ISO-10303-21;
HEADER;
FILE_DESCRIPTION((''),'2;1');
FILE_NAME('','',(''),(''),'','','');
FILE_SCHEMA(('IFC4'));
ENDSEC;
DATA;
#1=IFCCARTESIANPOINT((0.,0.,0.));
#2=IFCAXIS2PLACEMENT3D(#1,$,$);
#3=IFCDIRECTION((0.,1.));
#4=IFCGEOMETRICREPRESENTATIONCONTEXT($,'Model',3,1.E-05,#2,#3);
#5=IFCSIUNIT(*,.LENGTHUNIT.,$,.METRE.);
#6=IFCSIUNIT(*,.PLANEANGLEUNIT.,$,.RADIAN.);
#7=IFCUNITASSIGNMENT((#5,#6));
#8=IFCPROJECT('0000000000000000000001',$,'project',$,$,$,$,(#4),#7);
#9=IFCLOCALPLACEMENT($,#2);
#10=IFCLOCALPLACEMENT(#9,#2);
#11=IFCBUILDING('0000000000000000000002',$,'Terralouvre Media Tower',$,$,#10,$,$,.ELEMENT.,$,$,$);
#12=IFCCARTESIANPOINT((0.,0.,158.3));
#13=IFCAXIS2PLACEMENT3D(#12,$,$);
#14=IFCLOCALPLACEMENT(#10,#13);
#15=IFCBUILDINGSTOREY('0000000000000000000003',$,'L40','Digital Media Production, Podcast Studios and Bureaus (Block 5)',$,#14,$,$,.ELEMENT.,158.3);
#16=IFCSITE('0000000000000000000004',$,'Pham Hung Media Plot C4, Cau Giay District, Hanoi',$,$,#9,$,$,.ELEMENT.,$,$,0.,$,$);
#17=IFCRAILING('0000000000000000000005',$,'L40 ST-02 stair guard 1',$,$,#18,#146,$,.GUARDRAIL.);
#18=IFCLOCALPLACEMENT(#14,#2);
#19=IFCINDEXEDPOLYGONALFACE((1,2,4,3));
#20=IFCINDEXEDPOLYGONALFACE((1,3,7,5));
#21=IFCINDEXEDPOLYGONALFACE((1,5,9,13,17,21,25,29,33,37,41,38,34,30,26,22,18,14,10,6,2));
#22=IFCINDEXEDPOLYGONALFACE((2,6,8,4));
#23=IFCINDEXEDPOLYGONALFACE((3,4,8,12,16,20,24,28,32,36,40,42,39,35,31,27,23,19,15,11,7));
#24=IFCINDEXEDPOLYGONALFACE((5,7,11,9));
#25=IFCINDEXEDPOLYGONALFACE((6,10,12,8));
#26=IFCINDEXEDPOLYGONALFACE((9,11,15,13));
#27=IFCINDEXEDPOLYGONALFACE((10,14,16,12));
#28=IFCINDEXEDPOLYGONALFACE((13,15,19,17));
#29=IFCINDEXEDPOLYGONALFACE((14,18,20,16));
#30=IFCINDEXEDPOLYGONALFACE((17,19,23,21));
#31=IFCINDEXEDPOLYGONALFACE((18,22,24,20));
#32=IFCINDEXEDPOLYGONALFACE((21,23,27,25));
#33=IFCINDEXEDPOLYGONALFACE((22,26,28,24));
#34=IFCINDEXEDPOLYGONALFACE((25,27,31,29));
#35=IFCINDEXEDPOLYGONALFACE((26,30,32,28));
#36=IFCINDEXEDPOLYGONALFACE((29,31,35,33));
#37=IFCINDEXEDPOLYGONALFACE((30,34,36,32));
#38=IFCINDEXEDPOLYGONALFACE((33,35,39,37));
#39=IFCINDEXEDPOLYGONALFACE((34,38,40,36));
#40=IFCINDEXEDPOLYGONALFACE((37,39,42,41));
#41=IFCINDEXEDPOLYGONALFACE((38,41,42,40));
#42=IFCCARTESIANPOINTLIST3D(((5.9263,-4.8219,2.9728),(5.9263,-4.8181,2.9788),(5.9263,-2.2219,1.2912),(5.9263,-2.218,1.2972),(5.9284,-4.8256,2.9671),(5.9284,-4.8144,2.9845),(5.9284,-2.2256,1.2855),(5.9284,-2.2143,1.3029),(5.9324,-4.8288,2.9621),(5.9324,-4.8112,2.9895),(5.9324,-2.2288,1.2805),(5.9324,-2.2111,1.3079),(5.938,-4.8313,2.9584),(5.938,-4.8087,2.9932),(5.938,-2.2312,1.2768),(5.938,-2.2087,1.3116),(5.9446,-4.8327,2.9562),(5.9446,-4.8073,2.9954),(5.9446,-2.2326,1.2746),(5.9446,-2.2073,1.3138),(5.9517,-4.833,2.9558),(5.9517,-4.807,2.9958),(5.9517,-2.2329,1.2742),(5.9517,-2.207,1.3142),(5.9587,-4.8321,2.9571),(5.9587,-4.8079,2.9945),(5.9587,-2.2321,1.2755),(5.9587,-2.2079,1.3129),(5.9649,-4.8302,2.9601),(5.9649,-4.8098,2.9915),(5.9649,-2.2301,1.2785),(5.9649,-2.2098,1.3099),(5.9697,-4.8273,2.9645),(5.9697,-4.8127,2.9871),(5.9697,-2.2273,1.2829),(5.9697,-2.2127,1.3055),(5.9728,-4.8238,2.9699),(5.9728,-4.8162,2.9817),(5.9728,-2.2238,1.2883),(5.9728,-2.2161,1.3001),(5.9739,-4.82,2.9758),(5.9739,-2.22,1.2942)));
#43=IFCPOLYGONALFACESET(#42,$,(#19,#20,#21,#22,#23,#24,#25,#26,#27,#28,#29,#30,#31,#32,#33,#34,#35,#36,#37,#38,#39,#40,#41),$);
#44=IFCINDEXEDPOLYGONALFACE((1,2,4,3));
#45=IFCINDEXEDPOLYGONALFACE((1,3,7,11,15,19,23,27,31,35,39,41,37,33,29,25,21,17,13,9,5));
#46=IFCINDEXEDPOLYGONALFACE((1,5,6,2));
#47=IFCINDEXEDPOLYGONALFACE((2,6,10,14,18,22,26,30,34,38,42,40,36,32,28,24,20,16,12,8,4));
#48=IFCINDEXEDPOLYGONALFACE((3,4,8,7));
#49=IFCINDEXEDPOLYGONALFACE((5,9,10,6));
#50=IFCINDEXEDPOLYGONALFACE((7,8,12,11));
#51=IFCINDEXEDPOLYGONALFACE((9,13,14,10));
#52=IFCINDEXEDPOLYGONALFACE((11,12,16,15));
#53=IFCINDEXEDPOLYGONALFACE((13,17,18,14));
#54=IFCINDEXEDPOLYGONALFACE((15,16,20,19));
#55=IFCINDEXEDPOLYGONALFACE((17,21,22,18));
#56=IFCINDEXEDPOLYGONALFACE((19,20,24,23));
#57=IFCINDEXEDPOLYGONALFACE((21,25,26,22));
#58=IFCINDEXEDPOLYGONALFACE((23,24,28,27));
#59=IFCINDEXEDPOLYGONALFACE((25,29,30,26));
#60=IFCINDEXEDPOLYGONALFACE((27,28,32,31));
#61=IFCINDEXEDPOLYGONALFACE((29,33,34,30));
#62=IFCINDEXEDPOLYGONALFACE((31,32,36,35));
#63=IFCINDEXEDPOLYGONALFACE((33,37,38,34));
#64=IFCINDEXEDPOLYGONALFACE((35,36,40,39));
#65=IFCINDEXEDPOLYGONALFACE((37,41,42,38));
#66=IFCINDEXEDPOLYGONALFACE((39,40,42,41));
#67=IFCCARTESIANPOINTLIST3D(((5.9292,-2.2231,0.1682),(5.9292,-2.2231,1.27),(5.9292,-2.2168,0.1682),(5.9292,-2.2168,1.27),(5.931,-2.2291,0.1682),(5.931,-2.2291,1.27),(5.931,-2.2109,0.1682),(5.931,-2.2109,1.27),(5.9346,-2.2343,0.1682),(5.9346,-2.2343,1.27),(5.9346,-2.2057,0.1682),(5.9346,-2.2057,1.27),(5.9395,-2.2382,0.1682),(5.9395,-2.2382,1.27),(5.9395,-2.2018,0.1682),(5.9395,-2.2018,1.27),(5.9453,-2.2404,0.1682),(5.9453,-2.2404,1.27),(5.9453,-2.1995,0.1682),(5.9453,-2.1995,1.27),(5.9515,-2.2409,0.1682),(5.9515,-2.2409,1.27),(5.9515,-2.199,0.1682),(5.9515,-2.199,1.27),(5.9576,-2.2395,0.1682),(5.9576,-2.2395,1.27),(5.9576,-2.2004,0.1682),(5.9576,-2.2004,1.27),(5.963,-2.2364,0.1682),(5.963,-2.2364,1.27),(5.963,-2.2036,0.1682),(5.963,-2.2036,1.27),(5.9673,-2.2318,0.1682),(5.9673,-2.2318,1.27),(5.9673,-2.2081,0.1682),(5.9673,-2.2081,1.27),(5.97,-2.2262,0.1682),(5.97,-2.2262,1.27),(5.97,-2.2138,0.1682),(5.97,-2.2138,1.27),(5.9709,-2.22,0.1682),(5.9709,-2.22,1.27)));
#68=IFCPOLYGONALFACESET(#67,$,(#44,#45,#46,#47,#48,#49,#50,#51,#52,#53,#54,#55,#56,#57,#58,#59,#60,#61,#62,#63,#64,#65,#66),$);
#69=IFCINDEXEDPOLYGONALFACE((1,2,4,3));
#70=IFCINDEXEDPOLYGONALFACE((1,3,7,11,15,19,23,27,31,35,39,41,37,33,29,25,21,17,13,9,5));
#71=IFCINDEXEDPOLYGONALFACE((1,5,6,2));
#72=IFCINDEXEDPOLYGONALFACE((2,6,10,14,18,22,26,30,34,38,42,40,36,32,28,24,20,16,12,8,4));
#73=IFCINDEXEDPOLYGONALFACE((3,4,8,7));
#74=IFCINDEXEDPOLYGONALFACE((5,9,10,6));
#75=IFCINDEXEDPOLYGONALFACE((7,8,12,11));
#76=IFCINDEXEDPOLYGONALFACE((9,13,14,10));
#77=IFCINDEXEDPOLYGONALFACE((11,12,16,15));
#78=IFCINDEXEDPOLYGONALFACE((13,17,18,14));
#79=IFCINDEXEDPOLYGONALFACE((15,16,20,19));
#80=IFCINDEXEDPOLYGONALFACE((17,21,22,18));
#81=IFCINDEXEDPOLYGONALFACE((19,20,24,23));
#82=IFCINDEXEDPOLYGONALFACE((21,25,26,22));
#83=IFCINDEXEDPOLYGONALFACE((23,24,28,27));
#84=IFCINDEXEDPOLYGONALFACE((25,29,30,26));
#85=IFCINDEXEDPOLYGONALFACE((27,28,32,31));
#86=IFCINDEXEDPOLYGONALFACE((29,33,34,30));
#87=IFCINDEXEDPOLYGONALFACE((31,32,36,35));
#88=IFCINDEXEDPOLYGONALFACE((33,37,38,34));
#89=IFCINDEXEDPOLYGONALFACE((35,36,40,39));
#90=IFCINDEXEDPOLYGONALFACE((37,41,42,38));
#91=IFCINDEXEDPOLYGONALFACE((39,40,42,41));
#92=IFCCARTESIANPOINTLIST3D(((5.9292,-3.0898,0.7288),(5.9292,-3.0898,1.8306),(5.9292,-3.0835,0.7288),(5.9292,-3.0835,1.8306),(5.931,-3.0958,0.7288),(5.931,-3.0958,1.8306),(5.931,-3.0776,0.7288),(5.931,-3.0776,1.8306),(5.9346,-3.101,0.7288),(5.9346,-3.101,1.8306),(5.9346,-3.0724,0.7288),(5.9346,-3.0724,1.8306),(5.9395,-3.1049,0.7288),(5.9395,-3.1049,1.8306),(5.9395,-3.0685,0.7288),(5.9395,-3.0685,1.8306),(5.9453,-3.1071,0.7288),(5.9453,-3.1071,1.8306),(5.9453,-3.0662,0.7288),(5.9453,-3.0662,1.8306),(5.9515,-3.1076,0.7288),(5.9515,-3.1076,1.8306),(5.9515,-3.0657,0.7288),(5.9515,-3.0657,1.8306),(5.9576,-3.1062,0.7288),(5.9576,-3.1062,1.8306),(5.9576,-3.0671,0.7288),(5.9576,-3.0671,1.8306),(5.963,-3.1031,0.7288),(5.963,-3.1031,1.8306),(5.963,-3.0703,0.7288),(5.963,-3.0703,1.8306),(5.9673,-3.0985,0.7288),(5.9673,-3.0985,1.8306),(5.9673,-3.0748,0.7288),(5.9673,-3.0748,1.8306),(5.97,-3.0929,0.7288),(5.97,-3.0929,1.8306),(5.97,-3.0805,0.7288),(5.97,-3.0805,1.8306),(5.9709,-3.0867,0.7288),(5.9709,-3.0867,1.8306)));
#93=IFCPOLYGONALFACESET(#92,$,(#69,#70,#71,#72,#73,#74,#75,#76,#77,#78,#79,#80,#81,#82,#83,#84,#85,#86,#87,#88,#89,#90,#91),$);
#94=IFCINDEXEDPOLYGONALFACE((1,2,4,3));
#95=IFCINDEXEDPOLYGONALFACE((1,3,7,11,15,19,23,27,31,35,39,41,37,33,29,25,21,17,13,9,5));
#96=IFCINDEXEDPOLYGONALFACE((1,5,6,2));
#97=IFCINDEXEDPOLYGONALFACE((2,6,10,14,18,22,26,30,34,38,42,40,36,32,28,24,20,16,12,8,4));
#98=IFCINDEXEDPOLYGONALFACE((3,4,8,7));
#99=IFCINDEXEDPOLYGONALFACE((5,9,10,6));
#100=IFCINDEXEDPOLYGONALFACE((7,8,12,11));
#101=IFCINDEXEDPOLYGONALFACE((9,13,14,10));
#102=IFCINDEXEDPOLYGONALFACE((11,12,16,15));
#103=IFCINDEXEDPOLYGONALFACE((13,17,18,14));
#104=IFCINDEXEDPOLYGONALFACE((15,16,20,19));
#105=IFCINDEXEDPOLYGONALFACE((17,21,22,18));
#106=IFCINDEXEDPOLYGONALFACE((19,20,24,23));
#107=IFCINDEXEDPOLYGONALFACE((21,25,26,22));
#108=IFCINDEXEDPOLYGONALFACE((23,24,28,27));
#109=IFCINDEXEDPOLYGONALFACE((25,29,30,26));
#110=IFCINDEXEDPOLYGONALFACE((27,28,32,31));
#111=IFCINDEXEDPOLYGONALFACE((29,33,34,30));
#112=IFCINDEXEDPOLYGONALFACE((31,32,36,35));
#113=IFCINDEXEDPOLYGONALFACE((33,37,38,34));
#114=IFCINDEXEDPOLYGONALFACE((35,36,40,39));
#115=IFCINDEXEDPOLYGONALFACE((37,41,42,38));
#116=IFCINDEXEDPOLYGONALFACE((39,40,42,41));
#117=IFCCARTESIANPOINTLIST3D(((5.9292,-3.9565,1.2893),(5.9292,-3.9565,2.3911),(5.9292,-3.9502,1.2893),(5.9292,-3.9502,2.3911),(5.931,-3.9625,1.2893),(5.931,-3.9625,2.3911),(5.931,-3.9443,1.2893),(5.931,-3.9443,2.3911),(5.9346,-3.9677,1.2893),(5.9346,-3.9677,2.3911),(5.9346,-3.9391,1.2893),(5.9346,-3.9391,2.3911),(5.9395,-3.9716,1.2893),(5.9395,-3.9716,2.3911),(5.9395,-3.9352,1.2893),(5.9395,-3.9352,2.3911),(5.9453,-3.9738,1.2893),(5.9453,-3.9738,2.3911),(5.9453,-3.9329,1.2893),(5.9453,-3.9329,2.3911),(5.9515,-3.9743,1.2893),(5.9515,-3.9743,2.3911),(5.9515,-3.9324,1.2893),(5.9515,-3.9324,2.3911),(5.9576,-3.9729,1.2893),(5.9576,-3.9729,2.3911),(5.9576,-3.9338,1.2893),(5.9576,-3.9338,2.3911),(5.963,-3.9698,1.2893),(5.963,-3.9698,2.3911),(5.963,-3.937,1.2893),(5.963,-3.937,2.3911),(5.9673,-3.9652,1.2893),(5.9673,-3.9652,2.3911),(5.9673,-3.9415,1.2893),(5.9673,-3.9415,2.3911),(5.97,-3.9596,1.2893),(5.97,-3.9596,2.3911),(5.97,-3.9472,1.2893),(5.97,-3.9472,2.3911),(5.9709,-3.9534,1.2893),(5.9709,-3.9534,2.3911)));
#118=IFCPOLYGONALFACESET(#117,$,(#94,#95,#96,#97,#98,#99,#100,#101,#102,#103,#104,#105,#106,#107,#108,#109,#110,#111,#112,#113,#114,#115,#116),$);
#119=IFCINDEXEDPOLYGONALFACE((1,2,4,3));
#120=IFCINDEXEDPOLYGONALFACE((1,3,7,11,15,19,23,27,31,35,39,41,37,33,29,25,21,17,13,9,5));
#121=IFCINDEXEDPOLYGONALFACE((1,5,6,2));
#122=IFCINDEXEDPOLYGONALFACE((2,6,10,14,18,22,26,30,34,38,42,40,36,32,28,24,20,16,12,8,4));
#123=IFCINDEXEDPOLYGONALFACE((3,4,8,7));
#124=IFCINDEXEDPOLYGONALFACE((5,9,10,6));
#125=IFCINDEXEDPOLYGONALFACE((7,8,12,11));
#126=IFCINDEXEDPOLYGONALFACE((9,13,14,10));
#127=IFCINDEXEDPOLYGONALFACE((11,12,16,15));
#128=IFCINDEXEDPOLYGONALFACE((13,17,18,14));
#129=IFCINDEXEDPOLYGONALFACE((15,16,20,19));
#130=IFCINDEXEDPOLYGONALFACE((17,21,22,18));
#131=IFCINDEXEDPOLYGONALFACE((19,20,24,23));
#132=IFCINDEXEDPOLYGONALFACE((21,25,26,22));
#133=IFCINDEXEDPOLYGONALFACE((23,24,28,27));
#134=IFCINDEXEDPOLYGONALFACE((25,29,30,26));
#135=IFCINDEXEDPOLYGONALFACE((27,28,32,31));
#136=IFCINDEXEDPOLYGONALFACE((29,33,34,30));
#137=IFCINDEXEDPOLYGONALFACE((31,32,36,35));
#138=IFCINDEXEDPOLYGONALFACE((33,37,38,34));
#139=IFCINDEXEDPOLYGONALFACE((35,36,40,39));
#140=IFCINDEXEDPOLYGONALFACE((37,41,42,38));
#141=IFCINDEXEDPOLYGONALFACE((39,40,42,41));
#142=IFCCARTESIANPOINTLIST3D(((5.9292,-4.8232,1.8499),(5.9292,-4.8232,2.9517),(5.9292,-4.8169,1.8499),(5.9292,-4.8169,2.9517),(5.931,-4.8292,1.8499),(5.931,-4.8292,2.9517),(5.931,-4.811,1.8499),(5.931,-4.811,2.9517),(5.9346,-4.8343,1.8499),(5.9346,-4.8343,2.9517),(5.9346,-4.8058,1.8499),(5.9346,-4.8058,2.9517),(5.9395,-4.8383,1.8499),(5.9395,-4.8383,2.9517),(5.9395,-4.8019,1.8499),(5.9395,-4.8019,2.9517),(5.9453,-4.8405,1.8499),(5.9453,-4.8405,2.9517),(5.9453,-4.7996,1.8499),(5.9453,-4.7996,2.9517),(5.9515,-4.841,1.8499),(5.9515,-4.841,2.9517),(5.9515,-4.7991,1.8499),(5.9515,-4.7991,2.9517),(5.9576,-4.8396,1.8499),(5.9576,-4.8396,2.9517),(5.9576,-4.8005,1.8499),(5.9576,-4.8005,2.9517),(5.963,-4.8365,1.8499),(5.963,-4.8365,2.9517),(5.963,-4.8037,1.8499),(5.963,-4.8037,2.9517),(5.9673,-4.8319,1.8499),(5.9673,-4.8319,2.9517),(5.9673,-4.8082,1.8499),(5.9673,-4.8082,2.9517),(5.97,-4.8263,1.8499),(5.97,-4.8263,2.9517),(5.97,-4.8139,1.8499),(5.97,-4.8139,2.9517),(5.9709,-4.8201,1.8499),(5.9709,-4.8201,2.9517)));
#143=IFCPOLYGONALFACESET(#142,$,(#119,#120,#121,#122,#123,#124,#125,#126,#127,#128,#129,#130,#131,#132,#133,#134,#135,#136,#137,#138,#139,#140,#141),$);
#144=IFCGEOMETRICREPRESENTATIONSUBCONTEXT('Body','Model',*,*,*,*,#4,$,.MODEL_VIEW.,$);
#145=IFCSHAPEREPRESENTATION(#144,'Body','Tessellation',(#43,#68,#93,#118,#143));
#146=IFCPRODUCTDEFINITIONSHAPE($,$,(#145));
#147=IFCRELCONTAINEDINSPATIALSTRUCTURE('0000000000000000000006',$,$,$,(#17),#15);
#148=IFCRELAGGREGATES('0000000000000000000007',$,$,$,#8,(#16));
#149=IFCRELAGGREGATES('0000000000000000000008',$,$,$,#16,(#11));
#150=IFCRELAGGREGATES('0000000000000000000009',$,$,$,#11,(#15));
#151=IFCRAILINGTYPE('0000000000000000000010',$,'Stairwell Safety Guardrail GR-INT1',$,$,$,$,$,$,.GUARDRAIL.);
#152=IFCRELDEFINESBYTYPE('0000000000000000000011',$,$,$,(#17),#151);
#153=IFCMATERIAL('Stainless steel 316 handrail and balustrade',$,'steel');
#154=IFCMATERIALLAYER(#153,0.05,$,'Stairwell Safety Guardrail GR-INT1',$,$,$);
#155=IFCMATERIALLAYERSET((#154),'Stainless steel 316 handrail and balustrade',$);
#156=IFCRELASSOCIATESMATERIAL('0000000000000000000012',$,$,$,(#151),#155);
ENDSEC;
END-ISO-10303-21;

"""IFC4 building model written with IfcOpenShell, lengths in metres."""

from ifc_helpers import new_model, si_unit, direction, frame, origin, origin_2d, place, context, subcontext, project, spatial, circle, extrude, material, layer, layer_set, type_object, element, save


model = new_model("IFC4")

# Units and contexts
model_context = context("Model", 3, precision=1e-05, world=origin(), true_north=direction((0.0, 1.0)))
body_context = subcontext(model_context, "Body", "Model", "MODEL_VIEW")
ifc_project = project(units=[si_unit("LENGTHUNIT", "METRE"), si_unit("PLANEANGLEUNIT", "RADIAN")], contexts=[model_context])

# Site, building, storey
site_placement = place(None, origin())
site = spatial("IfcSite", under=ifc_project, at=site_placement, Name="Pham Hung Media Plot C4, Cau Giay District, Hanoi", CompositionType="ELEMENT", RefElevation=0.0)
building_placement = place(site_placement, origin())
building = spatial("IfcBuilding", under=site, at=building_placement, Name="Terralouvre Media Tower", CompositionType="ELEMENT")
storey_placement = place(building_placement, frame((0.0, 0.0, 158.3)))
storey = spatial("IfcBuildingStorey", under=building, at=storey_placement, Name="L40", Description="Digital Media Production, Podcast Studios and Bureaus (Block 5)", CompositionType="ELEMENT", Elevation=158.3)

# Railing
ifc_material_1 = material(Name="Stainless steel 316 handrail and balustrade", Category="steel")
ifc_layer_1 = layer(ifc_material_1, 0.05, Name="Stairwell Safety Guardrail GR-INT1")
ifc_layer_set_1 = layer_set([ifc_layer_1], Name="Stainless steel 316 handrail and balustrade")
railing_type_1 = type_object("IfcRailingType", Name="Stairwell Safety Guardrail GR-INT1", PredefinedType="GUARDRAIL", material=ifc_layer_set_1)
railing_1_placement = place(storey_placement, frame((5.95, -2.22, 0.1682)))
element("IfcRailing", 1, at=railing_1_placement, inside=storey, type_object=railing_type_1, Name="L40 ST-02 stair guard 1", PredefinedType="GUARDRAIL", context=body_context, shape_type="SweptSolid", body=[
    extrude(circle(Radius=0.0239, at=origin_2d()), frame((0.0, 0.0, 1.126), z_axis=(0.0, -0.839684, 0.543075), x_axis=(1.0, 0.0, 0.0)), (0.0, 0.0, 1.0), 3.0964),
    extrude(circle(Radius=0.021, at=origin_2d()), origin(), (0.0, 0.0, 1.0), 1.1018),
    extrude(circle(Radius=0.021, at=origin_2d()), frame((0.0, -0.8667, 0.5605)), (0.0, 0.0, 1.0), 1.1018),
    extrude(circle(Radius=0.021, at=origin_2d()), frame((0.0, -1.7334, 1.1211)), (0.0, 0.0, 1.0), 1.1018),
    extrude(circle(Radius=0.021, at=origin_2d()), frame((0.0, -2.6001, 1.6816)), (0.0, 0.0, 1.0), 1.1018),
])

save(model, "model.ifc")
